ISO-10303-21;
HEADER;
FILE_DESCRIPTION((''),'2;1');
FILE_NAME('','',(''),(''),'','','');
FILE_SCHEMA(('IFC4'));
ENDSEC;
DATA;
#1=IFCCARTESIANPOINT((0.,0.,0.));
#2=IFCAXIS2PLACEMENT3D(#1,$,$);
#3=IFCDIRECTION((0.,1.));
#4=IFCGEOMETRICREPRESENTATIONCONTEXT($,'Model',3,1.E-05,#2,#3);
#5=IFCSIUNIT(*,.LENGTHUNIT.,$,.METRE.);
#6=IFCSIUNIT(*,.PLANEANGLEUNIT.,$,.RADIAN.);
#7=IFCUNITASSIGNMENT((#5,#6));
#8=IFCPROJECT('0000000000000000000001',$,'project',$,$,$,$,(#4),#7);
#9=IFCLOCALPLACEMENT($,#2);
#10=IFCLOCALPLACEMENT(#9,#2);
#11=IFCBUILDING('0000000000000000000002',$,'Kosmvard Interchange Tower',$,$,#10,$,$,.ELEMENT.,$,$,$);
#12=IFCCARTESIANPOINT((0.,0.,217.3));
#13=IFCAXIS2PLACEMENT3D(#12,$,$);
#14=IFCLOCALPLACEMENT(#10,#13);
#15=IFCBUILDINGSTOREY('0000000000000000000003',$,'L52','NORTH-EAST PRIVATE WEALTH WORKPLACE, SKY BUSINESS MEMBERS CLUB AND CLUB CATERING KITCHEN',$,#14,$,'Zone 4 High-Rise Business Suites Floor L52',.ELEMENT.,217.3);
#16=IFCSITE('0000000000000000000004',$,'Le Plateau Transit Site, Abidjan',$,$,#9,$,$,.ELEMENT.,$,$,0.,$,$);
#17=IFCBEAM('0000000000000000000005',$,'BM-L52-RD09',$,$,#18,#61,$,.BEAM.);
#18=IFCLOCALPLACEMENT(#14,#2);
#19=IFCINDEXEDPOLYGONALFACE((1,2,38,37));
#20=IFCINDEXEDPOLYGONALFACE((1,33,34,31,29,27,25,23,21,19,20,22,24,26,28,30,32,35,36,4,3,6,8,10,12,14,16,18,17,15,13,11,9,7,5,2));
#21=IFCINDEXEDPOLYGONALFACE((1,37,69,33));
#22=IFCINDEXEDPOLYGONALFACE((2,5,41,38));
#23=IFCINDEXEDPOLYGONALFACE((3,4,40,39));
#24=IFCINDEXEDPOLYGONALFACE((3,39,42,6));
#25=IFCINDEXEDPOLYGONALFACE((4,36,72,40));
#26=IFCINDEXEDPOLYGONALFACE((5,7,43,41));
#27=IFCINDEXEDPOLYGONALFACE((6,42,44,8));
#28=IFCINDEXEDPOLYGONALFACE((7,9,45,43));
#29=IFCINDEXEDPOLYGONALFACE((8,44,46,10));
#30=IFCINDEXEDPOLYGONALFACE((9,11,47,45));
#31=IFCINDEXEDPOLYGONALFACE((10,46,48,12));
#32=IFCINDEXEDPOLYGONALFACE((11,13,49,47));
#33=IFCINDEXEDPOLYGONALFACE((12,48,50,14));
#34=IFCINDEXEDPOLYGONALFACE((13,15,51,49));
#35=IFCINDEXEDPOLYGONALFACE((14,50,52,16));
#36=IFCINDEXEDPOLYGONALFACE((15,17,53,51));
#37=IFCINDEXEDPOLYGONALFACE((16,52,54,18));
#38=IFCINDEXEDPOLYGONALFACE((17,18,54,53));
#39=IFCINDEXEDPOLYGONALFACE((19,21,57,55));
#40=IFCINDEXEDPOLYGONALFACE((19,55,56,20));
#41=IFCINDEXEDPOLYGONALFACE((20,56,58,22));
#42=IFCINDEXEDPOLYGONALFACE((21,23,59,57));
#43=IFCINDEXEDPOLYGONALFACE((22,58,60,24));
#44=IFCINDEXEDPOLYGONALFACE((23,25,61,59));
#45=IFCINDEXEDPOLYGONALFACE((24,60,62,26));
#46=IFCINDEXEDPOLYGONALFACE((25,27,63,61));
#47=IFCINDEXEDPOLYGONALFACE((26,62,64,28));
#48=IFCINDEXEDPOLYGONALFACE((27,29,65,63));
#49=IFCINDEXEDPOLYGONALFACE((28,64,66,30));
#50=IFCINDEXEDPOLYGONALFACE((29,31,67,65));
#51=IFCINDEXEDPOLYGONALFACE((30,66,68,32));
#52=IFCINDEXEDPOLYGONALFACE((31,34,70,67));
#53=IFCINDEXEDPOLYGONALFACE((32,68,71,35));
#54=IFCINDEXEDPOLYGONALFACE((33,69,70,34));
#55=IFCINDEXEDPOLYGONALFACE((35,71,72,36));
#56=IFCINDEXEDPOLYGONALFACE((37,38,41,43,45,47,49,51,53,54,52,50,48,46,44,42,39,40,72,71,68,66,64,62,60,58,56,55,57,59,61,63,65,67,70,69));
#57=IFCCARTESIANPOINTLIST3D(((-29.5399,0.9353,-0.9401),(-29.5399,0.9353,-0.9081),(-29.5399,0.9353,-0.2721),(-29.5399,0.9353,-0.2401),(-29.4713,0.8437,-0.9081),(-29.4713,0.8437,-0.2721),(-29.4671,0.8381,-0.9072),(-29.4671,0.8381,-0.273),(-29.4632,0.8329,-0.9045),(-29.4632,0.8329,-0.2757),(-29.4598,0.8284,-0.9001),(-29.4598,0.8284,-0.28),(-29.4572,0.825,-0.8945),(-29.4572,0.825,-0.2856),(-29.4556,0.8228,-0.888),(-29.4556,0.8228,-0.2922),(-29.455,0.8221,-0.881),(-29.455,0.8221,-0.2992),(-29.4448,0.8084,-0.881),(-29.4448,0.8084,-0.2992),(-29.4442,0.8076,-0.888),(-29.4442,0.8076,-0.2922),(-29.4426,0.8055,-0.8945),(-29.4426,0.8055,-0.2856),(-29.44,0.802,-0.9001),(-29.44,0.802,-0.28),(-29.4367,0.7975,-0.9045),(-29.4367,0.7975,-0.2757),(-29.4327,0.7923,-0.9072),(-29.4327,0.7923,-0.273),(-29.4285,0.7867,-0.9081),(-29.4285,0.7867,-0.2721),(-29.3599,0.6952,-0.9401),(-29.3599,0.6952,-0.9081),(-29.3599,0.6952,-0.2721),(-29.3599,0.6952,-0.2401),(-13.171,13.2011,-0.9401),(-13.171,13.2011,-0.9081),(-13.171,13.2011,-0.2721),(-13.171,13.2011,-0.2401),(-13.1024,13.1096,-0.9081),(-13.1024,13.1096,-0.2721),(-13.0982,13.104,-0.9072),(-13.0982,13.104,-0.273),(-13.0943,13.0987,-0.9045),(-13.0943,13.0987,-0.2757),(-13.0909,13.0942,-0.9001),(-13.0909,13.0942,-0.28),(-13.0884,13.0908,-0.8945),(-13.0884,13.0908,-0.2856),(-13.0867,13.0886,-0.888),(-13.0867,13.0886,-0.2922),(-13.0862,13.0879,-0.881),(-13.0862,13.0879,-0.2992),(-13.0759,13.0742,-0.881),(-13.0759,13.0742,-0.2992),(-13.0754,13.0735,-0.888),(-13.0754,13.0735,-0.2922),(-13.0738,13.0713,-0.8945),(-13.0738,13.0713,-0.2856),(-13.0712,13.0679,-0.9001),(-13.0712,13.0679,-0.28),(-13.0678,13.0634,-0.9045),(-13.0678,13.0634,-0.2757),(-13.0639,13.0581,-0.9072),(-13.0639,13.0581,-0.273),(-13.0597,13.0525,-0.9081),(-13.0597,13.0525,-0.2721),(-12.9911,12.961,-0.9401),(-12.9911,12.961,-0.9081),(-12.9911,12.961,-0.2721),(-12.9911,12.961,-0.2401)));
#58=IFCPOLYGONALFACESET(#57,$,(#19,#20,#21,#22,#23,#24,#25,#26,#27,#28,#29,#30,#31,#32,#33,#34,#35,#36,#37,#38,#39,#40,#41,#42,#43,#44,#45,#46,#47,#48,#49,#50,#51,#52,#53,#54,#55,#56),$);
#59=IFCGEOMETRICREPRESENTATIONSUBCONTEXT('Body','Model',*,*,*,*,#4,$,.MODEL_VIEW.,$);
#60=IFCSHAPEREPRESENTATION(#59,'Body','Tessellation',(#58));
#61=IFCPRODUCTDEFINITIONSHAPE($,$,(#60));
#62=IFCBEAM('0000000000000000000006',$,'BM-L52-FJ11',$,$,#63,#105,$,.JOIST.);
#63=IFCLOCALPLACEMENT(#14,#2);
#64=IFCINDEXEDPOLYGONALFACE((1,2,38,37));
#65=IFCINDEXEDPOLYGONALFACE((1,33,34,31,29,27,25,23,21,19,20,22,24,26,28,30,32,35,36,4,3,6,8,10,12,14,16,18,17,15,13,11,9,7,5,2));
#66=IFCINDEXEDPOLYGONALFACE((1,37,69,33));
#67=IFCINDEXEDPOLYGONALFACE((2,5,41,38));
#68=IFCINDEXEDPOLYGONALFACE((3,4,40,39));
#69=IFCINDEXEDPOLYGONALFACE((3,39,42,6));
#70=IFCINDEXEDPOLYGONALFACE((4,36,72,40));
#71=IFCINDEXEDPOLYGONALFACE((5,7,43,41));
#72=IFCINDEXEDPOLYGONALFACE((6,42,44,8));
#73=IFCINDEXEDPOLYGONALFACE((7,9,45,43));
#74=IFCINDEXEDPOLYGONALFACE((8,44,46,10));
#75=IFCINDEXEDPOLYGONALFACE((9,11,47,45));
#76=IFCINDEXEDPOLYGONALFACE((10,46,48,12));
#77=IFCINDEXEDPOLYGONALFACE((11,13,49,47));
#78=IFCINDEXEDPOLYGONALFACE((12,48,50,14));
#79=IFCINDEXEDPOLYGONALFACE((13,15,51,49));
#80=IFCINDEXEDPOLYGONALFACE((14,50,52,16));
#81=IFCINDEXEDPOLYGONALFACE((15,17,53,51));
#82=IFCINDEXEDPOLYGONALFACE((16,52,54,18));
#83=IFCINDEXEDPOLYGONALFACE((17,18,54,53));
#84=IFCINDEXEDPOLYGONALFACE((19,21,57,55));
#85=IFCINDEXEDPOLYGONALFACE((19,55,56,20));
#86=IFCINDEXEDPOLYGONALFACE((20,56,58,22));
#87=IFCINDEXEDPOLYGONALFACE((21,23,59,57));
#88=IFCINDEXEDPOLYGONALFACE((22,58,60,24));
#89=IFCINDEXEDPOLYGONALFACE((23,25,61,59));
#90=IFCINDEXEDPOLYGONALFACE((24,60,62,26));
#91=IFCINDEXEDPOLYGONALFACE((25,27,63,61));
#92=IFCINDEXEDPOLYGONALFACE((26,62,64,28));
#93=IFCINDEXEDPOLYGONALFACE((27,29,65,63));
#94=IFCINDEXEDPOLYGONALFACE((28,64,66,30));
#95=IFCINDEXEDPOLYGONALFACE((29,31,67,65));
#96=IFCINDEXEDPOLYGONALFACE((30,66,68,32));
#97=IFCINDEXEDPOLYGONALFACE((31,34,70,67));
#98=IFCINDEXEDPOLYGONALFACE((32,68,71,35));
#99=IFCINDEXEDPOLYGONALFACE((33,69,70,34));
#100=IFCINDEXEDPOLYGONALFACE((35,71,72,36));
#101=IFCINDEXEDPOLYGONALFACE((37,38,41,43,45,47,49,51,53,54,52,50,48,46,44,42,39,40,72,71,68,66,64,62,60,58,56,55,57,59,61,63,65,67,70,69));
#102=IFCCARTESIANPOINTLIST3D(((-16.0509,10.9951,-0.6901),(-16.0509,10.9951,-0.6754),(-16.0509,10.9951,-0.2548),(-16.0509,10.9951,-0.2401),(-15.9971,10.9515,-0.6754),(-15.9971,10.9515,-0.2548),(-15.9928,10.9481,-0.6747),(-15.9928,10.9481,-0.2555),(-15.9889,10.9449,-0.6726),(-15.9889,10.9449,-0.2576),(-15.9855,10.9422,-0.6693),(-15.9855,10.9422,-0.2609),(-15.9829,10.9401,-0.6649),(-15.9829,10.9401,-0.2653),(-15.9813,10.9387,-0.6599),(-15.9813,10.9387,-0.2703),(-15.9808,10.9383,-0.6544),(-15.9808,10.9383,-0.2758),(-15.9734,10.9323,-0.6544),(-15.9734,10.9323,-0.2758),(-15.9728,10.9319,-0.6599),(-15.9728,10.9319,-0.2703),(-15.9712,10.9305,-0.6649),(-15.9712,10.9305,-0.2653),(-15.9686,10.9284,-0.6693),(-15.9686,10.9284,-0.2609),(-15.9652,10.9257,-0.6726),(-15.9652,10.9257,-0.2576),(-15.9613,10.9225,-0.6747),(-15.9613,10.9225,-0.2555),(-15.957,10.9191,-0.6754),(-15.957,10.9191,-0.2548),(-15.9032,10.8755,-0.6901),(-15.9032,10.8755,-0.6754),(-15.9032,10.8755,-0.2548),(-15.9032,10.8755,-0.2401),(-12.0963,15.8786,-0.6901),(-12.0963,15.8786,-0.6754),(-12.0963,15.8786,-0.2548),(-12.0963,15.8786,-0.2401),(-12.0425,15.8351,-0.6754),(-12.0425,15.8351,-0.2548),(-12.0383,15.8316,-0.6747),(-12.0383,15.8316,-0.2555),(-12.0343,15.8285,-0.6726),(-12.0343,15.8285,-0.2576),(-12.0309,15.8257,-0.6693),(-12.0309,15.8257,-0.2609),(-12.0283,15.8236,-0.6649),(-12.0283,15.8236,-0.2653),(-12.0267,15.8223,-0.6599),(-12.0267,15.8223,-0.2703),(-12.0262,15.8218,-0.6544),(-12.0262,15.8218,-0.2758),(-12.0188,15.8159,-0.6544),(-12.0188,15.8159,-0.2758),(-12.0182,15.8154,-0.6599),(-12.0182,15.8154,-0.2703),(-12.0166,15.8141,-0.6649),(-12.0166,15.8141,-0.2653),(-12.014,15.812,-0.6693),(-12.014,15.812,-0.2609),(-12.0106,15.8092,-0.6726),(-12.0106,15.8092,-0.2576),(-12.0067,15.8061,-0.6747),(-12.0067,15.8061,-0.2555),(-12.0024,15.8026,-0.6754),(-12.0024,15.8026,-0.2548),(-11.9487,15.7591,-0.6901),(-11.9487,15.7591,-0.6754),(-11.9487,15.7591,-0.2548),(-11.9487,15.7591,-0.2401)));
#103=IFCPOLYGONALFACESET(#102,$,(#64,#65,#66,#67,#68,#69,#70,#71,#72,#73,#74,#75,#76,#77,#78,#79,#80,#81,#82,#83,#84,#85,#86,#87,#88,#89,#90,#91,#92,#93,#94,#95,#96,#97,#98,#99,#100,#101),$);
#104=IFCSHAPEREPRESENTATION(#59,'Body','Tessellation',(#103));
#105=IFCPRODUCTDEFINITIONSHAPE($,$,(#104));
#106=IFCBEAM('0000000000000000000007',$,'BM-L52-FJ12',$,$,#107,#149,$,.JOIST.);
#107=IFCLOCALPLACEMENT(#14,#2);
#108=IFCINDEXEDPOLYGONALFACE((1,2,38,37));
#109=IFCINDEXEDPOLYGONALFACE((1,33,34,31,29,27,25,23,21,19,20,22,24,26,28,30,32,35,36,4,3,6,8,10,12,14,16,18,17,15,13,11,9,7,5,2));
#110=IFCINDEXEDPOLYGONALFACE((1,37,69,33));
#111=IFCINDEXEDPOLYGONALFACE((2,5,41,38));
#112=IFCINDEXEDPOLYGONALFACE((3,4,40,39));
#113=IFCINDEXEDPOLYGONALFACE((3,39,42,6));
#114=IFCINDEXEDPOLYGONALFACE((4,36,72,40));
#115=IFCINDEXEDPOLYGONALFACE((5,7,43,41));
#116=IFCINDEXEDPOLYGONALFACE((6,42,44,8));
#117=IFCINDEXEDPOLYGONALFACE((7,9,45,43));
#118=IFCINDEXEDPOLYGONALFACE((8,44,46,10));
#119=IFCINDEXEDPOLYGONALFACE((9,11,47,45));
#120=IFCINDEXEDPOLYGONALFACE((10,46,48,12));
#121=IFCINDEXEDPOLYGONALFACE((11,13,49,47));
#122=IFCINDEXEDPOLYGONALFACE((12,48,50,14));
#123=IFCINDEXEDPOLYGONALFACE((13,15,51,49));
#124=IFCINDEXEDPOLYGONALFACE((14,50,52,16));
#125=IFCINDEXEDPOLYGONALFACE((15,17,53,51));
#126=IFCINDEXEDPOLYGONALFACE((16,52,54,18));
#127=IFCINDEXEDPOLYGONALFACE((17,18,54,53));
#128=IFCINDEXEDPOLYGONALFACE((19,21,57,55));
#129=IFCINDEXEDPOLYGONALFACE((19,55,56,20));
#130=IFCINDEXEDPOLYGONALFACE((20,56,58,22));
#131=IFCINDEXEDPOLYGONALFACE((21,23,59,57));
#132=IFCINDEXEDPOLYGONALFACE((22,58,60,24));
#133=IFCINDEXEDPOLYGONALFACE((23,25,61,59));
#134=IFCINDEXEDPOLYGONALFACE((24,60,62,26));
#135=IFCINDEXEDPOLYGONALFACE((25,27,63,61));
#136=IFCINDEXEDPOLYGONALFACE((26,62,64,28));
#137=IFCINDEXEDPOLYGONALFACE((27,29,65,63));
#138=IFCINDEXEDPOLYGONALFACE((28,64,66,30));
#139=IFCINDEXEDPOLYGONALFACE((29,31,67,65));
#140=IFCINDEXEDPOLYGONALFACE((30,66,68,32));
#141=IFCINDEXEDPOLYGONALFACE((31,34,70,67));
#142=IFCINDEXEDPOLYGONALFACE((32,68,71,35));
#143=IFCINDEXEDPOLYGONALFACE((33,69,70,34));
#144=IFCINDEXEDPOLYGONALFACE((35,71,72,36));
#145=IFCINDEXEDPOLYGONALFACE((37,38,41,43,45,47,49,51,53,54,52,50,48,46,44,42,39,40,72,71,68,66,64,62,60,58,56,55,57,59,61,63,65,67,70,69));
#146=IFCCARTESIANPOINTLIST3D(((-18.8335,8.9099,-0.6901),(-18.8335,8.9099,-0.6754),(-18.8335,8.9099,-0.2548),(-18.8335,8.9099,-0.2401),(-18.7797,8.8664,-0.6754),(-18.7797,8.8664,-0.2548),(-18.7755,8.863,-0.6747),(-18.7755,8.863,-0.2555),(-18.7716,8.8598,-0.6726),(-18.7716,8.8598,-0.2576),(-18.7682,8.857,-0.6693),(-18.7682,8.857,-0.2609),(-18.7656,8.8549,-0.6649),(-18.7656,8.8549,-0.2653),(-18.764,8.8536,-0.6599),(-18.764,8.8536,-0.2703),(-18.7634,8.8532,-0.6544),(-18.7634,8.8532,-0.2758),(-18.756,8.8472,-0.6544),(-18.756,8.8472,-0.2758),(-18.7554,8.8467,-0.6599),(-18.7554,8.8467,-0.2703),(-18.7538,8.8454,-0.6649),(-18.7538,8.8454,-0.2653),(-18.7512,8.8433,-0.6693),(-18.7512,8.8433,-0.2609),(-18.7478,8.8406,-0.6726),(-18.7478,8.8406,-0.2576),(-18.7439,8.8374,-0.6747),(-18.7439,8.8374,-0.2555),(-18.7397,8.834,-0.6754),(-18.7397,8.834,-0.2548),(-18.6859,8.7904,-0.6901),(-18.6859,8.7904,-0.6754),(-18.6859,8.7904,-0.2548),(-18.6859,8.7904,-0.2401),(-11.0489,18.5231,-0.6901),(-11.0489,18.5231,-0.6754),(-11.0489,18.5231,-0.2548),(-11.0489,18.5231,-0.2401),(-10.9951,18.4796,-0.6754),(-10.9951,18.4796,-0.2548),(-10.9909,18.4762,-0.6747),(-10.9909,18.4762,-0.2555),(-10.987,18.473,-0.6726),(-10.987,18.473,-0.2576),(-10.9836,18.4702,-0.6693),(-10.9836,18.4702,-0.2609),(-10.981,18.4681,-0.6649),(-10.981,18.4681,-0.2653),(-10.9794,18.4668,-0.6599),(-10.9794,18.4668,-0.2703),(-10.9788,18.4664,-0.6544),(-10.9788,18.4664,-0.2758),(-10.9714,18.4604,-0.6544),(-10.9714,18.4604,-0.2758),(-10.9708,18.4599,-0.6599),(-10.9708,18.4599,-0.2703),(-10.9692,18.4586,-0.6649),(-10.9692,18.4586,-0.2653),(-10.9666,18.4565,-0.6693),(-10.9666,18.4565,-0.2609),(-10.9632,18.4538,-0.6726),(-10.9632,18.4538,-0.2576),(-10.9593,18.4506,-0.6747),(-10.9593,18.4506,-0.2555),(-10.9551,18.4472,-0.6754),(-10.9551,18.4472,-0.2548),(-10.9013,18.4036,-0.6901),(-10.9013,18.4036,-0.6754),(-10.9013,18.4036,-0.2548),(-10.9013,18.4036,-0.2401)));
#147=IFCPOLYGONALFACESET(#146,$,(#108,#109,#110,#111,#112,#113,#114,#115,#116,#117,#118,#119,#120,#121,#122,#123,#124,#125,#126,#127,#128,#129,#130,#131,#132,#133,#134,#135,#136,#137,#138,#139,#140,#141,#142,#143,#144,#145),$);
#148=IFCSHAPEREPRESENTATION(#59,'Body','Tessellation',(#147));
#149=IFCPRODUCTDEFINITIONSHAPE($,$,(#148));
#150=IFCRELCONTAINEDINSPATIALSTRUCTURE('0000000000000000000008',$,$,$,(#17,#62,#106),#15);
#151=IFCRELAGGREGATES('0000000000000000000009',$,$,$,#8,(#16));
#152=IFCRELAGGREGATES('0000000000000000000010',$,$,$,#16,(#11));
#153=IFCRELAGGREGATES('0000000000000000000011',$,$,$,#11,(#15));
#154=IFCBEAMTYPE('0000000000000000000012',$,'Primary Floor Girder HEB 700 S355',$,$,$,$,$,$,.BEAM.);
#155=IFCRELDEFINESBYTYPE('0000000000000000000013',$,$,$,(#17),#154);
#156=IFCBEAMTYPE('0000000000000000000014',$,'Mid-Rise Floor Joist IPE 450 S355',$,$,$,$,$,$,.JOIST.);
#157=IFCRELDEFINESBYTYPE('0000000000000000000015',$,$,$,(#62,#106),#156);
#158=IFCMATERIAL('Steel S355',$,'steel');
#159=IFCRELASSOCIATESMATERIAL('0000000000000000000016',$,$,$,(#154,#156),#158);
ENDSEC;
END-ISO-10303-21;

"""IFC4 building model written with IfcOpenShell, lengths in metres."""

from ifc_helpers import new_model, si_unit, direction, frame, origin, origin_2d, place, context, subcontext, project, spatial, i_section, extrude, source, transform, mapped, material, material_profile, profile_set, type_object, element, save


model = new_model("IFC4")

# Units and contexts
model_context = context("Model", 3, precision=1e-05, world=origin(), true_north=direction((0.0, 1.0)))
body_context = subcontext(model_context, "Body", "Model", "MODEL_VIEW")
ifc_project = project(units=[si_unit("LENGTHUNIT", "METRE"), si_unit("PLANEANGLEUNIT", "RADIAN")], contexts=[model_context])

# Site, building, storey
site_placement = place(None, origin())
site = spatial("IfcSite", under=ifc_project, at=site_placement, Name="Le Plateau Transit Site, Abidjan", CompositionType="ELEMENT", RefElevation=0.0)
building_placement = place(site_placement, origin())
building = spatial("IfcBuilding", under=site, at=building_placement, Name="Kosmvard Interchange Tower", CompositionType="ELEMENT")
storey_placement = place(building_placement, frame((0.0, 0.0, 217.3)))
storey = spatial("IfcBuildingStorey", under=building, at=storey_placement, Name="L52", Description="NORTH-EAST PRIVATE WEALTH WORKPLACE, SKY BUSINESS MEMBERS CLUB AND CLUB CATERING KITCHEN", LongName="Zone 4 High-Rise Business Suites Floor L52", CompositionType="ELEMENT", Elevation=217.3)

# Beams
ifc_material_1 = material(Name="Steel S355", Category="steel")
ifc_material_profile_1 = material_profile(ifc_material_1, i_section(OverallWidth=0.3, OverallDepth=0.7, WebThickness=0.0171, FlangeThickness=0.032, FilletRadius=0.0271, at=origin_2d()), Name="HEB 700")
ifc_profile_set_1 = profile_set([ifc_material_profile_1], Name="Steel S355")
beam_type_1 = type_object("IfcBeamType", Name="Primary Floor Girder HEB 700 S355", PredefinedType="BEAM", material=ifc_profile_set_1)
shared_shape_1 = source(origin(), body_context, "Body", "SweptSolid", [
    extrude(i_section(OverallWidth=0.3, OverallDepth=0.7, WebThickness=0.0171, FlangeThickness=0.032, FilletRadius=0.0271, at=origin_2d()), origin(), (0.0, 0.0, 1.0), 20.4546),
])
beam_1_placement = place(storey_placement, frame((-13.0811, 13.0811, -0.5901), z_axis=(-0.800253, -0.599662, 0.0), x_axis=(0.599662, -0.800253, 0.0)))
element("IfcBeam", 1, at=beam_1_placement, inside=storey, type_object=beam_type_1, Name="BM-L52-RD09", PredefinedType="BEAM", context=body_context, shape_type="MappedRepresentation", body=[
    mapped(shared_shape_1, transform((0.0, 0.0, 0.0), scale=1.0)),
])
ifc_material_profile_2 = material_profile(ifc_material_1, i_section(OverallWidth=0.1899, OverallDepth=0.45, WebThickness=0.0095, FlangeThickness=0.0146, FilletRadius=0.021, at=origin_2d()), Name="IPE 450")
ifc_profile_set_2 = profile_set([ifc_material_profile_2], Name="Steel S355")
beam_type_2 = type_object("IfcBeamType", Name="Mid-Rise Floor Joist IPE 450 S355", PredefinedType="JOIST", material=ifc_profile_set_2)
shared_shape_2 = source(origin(), body_context, "Body", "SweptSolid", [
    extrude(i_section(OverallWidth=0.1899, OverallDepth=0.45, WebThickness=0.0095, FlangeThickness=0.0146, FilletRadius=0.021, at=origin_2d()), origin(), (0.0, 0.0, 1.0), 6.2839),
])
beam_2_placement = place(storey_placement, frame((-12.0225, 15.8188, -0.4651), z_axis=(-0.629318, -0.777148, 0.0), x_axis=(0.777148, -0.629318, 0.0)))
element("IfcBeam", 2, at=beam_2_placement, inside=storey, type_object=beam_type_2, Name="BM-L52-FJ11", PredefinedType="JOIST", context=body_context, shape_type="MappedRepresentation", body=[
    mapped(shared_shape_2, transform((0.0, 0.0, 0.0), scale=1.0)),
])
shared_shape_3 = source(origin(), body_context, "Body", "SweptSolid", [
    extrude(i_section(OverallWidth=0.1899, OverallDepth=0.45, WebThickness=0.0095, FlangeThickness=0.0146, FilletRadius=0.021, at=origin_2d()), origin(), (0.0, 0.0, 1.0), 12.3699),
])
beam_3_placement = place(storey_placement, frame((-10.9751, 18.4634, -0.4651), z_axis=(-0.62932, -0.777147, 0.0), x_axis=(0.777147, -0.62932, 0.0)))
element("IfcBeam", 3, at=beam_3_placement, inside=storey, type_object=beam_type_2, Name="BM-L52-FJ12", PredefinedType="JOIST", context=body_context, shape_type="MappedRepresentation", body=[
    mapped(shared_shape_3, transform((0.0, 0.0, 0.0), scale=1.0)),
])

save(model, "model.ifc")
